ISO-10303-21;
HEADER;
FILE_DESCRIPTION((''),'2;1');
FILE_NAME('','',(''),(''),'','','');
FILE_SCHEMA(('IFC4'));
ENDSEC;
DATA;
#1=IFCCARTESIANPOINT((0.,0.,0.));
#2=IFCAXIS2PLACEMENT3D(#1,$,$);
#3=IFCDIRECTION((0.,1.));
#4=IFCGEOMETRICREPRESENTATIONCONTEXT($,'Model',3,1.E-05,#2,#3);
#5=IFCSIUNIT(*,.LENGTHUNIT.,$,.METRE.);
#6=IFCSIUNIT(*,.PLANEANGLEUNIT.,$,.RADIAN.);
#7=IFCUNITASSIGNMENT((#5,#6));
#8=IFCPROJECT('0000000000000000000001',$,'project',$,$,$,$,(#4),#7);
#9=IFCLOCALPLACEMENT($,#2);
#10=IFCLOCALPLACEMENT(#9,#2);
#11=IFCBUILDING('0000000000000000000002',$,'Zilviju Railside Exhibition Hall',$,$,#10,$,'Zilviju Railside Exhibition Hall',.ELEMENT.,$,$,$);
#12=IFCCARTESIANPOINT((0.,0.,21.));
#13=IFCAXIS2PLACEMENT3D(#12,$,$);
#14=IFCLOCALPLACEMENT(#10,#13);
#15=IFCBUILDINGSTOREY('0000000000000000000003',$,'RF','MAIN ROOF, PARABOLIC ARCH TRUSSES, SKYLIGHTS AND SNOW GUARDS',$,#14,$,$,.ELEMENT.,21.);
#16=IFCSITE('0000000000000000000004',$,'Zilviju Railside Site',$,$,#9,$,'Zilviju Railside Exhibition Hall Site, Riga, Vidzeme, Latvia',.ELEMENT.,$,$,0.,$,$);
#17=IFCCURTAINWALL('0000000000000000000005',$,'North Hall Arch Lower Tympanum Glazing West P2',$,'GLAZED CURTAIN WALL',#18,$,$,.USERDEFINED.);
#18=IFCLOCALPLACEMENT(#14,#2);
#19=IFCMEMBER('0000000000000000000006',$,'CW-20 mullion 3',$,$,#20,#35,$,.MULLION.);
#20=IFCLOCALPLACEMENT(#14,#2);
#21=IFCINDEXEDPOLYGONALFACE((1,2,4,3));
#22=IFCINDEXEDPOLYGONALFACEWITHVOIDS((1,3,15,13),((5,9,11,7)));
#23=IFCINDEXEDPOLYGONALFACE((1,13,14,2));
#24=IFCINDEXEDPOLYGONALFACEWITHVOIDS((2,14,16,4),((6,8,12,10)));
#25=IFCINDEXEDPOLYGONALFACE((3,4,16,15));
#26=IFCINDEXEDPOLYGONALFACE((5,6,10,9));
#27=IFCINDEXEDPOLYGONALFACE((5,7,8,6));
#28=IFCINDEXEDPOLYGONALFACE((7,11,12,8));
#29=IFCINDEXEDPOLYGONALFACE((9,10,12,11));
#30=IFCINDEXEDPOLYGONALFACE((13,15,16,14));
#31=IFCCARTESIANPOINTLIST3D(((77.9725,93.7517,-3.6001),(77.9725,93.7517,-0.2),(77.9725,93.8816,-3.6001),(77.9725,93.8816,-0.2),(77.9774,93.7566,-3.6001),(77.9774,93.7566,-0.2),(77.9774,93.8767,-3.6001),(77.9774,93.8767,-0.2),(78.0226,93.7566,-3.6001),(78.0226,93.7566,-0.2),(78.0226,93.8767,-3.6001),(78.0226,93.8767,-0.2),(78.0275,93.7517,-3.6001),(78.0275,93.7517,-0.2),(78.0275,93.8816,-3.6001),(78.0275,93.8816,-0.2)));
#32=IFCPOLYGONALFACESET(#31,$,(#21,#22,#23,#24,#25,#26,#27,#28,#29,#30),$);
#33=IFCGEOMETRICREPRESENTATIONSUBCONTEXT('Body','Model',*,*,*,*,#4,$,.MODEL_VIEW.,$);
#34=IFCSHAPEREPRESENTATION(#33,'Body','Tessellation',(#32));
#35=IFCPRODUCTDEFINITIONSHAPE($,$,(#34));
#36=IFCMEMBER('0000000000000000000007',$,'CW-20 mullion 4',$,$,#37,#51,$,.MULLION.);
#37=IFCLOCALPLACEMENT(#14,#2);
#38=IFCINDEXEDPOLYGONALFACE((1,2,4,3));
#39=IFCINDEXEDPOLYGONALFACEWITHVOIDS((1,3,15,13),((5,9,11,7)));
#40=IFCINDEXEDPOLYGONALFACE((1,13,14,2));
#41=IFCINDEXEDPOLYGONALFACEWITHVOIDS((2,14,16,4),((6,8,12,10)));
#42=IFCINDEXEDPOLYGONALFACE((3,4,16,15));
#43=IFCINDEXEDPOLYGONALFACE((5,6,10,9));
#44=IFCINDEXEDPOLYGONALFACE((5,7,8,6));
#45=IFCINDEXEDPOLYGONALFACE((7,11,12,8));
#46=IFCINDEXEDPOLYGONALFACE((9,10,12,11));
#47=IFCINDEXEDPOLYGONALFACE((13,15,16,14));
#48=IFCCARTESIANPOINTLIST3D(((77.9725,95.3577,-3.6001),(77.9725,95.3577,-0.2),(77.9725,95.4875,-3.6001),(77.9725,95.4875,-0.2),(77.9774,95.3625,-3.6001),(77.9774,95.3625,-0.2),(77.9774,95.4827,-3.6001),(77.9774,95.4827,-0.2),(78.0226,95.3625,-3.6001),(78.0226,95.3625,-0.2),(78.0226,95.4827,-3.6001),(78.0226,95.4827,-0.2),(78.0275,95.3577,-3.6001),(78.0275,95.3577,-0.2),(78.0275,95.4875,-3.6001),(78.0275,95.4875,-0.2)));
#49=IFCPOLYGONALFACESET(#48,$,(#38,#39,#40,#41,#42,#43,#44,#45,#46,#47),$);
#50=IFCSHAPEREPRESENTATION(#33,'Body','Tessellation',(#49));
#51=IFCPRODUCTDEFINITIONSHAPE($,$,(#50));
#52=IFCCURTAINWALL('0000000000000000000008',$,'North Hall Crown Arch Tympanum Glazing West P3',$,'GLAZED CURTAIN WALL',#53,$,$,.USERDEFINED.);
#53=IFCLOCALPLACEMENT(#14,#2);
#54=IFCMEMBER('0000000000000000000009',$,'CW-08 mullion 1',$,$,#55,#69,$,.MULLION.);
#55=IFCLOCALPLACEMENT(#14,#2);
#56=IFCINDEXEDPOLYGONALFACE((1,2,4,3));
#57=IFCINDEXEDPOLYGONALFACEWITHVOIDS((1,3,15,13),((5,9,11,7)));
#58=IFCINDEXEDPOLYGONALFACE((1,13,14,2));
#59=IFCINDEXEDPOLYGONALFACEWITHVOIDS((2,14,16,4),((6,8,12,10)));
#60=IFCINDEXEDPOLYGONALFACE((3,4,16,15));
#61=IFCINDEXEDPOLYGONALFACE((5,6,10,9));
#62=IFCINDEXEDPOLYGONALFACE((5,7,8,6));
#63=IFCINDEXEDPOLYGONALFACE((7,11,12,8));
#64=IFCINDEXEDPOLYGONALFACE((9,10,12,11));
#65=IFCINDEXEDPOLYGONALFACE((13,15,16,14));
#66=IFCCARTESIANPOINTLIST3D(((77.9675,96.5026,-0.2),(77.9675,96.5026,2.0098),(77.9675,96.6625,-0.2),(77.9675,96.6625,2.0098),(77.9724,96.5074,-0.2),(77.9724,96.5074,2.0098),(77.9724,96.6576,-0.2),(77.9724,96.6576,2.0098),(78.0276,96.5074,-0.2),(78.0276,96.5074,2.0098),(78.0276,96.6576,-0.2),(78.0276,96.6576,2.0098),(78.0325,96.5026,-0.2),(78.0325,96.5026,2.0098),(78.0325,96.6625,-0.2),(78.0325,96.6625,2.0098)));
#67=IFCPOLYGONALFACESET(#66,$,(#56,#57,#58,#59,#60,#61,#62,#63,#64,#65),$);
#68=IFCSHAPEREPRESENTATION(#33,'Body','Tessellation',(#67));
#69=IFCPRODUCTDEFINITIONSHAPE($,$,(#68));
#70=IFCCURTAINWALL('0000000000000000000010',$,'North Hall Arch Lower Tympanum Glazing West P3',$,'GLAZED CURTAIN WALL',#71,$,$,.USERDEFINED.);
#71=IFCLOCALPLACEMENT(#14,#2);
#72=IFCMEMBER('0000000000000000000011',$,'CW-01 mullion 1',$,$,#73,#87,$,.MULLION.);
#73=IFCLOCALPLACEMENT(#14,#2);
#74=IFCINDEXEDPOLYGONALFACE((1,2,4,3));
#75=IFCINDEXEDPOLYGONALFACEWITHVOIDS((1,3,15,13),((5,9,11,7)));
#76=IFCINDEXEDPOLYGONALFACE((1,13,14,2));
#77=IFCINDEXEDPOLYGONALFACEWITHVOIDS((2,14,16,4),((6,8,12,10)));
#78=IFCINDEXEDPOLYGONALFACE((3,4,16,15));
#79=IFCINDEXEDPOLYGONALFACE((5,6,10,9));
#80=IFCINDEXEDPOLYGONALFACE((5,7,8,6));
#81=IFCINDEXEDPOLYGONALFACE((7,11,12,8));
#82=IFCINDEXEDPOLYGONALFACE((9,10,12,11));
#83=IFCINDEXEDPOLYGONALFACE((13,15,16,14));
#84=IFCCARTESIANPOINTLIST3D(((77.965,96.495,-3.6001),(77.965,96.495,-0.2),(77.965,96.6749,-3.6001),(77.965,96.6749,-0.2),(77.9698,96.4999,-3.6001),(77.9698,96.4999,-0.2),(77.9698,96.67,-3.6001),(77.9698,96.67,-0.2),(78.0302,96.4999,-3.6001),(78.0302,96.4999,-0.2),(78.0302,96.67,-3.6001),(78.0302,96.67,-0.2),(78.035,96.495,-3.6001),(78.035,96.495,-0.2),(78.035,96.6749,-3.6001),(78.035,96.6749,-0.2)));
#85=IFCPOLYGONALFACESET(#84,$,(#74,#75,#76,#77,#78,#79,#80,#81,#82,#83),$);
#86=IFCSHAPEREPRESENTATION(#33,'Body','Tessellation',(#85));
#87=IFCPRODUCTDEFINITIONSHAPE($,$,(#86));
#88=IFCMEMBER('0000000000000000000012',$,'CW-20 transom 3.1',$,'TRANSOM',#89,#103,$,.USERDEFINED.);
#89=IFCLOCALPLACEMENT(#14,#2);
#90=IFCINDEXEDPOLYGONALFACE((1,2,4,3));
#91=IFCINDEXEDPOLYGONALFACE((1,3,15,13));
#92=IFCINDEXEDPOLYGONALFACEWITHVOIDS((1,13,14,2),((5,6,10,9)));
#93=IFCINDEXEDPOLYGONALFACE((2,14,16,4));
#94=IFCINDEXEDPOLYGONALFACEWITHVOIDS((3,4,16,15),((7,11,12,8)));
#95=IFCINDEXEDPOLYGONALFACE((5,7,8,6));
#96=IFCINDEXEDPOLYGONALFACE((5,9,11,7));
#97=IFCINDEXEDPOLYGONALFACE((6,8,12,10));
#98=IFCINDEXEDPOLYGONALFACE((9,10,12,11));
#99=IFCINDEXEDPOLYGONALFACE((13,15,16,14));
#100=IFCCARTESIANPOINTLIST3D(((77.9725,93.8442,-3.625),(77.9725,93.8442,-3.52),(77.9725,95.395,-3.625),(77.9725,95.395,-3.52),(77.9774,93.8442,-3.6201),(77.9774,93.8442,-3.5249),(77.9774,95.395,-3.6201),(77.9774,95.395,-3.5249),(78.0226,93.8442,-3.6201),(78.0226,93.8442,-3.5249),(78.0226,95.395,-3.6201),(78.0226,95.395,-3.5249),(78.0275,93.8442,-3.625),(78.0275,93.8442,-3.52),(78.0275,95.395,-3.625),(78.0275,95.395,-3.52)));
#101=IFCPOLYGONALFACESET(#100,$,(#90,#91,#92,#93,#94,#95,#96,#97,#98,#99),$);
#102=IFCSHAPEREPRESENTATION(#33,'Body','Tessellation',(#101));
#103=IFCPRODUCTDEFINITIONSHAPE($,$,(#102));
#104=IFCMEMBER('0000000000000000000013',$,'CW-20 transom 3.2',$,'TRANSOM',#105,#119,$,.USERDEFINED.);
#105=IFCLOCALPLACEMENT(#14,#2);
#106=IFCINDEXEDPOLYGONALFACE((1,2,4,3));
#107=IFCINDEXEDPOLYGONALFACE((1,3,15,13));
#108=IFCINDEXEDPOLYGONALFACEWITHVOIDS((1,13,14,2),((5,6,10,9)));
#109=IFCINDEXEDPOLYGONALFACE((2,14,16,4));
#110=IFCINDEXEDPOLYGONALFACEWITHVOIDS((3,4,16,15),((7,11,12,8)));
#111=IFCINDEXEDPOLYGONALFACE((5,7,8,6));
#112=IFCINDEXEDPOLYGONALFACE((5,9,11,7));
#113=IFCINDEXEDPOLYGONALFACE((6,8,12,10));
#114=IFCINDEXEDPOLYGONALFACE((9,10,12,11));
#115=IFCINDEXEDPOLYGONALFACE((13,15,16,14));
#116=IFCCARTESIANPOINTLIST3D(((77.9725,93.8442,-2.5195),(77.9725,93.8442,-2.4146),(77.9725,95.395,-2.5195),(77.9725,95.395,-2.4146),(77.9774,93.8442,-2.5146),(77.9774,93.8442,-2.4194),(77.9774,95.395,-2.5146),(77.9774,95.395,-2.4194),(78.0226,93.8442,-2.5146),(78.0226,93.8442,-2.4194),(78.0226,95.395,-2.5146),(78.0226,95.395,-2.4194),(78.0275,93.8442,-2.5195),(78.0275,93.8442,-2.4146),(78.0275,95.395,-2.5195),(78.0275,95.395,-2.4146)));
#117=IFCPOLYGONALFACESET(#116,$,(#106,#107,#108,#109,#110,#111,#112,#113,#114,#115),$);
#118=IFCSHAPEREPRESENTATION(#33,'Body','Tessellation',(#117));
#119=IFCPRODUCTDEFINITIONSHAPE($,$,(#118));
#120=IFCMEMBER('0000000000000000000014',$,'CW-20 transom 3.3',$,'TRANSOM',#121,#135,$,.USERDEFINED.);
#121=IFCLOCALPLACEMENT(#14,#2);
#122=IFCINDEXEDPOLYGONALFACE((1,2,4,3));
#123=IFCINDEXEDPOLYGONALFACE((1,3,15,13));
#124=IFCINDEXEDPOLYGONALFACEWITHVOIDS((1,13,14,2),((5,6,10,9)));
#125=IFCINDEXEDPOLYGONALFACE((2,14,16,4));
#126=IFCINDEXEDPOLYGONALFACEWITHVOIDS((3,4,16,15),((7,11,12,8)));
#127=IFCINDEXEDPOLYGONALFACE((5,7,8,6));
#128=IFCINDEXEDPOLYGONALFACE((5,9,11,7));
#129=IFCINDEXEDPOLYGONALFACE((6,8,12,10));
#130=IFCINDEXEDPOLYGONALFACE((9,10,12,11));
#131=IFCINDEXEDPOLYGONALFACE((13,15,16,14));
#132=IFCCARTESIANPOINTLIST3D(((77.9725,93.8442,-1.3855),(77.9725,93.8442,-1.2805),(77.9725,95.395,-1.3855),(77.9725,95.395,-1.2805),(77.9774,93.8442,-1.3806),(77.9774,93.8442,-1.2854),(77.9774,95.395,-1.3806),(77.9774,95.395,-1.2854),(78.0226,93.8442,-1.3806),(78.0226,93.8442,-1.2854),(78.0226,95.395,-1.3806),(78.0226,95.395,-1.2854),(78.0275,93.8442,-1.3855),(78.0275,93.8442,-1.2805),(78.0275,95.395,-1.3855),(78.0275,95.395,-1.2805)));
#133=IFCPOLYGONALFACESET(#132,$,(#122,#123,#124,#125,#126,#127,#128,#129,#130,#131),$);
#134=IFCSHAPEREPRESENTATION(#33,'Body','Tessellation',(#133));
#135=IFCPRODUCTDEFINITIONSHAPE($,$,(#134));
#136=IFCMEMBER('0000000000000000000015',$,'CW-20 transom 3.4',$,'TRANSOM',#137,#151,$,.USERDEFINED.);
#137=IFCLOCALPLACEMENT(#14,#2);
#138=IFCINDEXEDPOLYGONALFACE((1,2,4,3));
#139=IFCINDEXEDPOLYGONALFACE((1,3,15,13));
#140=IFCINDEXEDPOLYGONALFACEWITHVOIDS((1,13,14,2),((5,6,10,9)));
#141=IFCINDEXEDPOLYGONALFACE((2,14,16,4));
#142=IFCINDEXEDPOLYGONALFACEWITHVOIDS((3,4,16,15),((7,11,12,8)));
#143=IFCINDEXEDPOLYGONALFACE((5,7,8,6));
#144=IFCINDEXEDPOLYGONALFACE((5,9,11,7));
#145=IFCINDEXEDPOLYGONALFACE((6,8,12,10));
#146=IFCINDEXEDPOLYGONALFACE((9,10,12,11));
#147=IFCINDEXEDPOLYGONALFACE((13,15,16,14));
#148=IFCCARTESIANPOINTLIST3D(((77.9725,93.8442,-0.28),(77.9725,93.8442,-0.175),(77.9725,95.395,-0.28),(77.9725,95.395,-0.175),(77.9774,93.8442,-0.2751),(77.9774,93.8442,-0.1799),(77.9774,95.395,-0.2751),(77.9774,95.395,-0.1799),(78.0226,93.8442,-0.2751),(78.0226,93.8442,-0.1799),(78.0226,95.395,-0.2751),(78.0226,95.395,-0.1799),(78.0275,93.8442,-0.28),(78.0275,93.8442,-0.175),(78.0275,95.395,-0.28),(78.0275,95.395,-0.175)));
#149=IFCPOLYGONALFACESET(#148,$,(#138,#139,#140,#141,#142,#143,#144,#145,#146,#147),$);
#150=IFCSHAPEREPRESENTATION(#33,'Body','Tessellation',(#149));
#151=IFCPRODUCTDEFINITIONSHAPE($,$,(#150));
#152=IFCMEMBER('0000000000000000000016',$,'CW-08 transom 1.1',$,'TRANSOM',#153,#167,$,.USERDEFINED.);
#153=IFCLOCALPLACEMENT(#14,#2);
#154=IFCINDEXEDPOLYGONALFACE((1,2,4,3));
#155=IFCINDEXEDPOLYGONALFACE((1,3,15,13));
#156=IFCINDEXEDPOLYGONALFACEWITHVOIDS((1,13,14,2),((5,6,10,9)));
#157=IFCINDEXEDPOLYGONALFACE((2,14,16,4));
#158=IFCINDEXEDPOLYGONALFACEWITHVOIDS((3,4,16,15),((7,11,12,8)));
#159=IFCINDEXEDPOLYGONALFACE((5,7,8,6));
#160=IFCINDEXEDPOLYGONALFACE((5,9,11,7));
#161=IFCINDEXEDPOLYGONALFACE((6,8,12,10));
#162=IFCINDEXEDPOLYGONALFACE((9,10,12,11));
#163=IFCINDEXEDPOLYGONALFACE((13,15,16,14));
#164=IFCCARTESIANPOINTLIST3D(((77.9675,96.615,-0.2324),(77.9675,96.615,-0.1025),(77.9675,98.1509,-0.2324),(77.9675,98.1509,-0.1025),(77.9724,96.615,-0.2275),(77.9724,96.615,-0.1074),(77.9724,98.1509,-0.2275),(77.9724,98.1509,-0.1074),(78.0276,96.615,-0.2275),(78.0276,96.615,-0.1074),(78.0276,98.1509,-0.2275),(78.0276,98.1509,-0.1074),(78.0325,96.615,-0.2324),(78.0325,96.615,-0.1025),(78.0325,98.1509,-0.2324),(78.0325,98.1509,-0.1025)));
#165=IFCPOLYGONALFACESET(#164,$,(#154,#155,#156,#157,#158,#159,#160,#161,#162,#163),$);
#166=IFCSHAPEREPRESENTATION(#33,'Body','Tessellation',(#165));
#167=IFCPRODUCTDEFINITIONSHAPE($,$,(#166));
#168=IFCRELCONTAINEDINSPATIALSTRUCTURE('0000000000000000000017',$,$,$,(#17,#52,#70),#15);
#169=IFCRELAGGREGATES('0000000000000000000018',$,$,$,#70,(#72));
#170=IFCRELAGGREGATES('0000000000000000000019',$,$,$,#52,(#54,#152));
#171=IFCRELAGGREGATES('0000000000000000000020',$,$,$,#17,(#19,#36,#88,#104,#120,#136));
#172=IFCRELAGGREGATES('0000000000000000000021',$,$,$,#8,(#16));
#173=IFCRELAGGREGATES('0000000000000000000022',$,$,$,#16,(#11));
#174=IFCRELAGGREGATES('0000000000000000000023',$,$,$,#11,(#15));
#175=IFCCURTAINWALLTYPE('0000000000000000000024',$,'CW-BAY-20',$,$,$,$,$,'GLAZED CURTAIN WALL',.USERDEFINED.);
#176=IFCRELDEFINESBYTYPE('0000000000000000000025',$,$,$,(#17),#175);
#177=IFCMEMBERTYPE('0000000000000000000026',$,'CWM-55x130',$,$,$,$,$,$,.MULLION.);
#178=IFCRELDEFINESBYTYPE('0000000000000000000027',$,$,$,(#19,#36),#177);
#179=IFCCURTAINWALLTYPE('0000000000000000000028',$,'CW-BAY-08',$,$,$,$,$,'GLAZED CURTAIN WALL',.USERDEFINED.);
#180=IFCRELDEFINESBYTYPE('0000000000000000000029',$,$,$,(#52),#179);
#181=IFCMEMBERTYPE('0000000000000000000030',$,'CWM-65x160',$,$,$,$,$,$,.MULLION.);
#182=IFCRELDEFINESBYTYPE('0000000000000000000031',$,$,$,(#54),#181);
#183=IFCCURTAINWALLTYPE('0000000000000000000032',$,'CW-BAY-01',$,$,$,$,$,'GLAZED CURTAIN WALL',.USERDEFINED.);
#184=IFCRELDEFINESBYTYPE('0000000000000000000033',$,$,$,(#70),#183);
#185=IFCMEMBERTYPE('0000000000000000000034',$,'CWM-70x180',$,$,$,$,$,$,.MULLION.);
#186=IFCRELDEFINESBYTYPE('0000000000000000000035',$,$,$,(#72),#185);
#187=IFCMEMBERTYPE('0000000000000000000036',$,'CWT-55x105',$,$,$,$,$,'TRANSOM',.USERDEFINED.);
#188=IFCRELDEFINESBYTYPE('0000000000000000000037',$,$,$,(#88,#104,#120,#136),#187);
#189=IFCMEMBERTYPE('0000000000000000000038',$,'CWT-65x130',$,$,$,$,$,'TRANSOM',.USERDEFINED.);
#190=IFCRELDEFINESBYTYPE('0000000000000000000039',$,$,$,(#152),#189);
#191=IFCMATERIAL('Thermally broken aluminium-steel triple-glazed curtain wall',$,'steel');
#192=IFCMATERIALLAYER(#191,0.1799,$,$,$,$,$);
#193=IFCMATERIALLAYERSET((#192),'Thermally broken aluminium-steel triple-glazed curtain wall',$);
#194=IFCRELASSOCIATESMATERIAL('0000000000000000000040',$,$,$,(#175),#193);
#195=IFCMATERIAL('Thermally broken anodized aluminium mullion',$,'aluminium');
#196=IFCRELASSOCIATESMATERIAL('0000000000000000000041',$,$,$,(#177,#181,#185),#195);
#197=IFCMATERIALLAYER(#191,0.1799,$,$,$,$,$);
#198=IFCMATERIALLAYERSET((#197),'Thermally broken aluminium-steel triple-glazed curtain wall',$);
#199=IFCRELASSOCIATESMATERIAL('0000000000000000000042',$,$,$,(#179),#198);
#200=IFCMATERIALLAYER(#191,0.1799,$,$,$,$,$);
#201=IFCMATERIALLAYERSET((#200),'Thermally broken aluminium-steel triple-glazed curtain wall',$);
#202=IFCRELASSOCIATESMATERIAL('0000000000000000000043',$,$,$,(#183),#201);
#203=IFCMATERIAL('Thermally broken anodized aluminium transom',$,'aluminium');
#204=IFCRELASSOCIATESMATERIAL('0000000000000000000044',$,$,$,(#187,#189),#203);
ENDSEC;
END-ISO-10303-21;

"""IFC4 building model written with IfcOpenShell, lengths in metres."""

from ifc_helpers import new_model, si_unit, direction, frame, origin, origin_2d, place, context, subcontext, project, spatial, hollow_rectangle, extrude, material, layer, layer_set, material_profile, profile_set, type_object, element, aggregate, save


model = new_model("IFC4")

# Units and contexts
model_context = context("Model", 3, precision=1e-05, world=origin(), true_north=direction((0.0, 1.0)))
body_context = subcontext(model_context, "Body", "Model", "MODEL_VIEW")
ifc_project = project(units=[si_unit("LENGTHUNIT", "METRE"), si_unit("PLANEANGLEUNIT", "RADIAN")], contexts=[model_context])

# Site, building, storey
site_placement = place(None, origin())
site = spatial("IfcSite", under=ifc_project, at=site_placement, Name="Zilviju Railside Site", LongName="Zilviju Railside Exhibition Hall Site, Riga, Vidzeme, Latvia", CompositionType="ELEMENT", RefElevation=0.0)
building_placement = place(site_placement, origin())
building = spatial("IfcBuilding", under=site, at=building_placement, Name="Zilviju Railside Exhibition Hall", LongName="Zilviju Railside Exhibition Hall", CompositionType="ELEMENT")
storey_placement = place(building_placement, frame((0.0, 0.0, 21.0)))
storey = spatial("IfcBuildingStorey", under=building, at=storey_placement, Name="RF", Description="MAIN ROOF, PARABOLIC ARCH TRUSSES, SKYLIGHTS AND SNOW GUARDS", CompositionType="ELEMENT", Elevation=21.0)

# Curtain wall, members
ifc_material_1 = material(Name="Thermally broken aluminium-steel triple-glazed curtain wall", Category="steel")
ifc_layer_1 = layer(ifc_material_1, 0.1799)
ifc_layer_set_1 = layer_set([ifc_layer_1], Name="Thermally broken aluminium-steel triple-glazed curtain wall")
curtain_wall_type_1 = type_object("IfcCurtainWallType", Name="CW-BAY-20", ElementType="GLAZED CURTAIN WALL", PredefinedType="USERDEFINED", material=ifc_layer_set_1)
curtain_wall_1_placement = place(storey_placement, origin())
curtain_wall_1 = element("IfcCurtainWall", 1, at=curtain_wall_1_placement, inside=storey, type_object=curtain_wall_type_1, Name="North Hall Arch Lower Tympanum Glazing West P2", ObjectType="GLAZED CURTAIN WALL", PredefinedType="USERDEFINED")
ifc_material_2 = material(Name="Thermally broken anodized aluminium mullion", Category="aluminium")
ifc_material_profile_1 = material_profile(ifc_material_2, hollow_rectangle(XDim=0.0549, YDim=0.1299, WallThickness=0.0049, at=origin_2d()), Name="MULLION 130x55x5")
ifc_profile_set_1 = profile_set([ifc_material_profile_1], Name="Thermally broken anodized aluminium mullion")
member_type_1 = type_object("IfcMemberType", Name="CWM-55x130", PredefinedType="MULLION", material=ifc_profile_set_1)
member_1_placement = place(storey_placement, frame((78.0, 93.8167, -3.6001), z_axis=(0.0, 0.0, 1.0), x_axis=(-1.0, 0.0, 0.0)))
member_1 = element("IfcMember", 2, at=member_1_placement, type_object=member_type_1, Name="CW-20 mullion 3", PredefinedType="MULLION", context=body_context, shape_type="SweptSolid", body=[
    extrude(hollow_rectangle(XDim=0.0549, YDim=0.1299, WallThickness=0.0049, at=origin_2d()), origin(), (0.0, 0.0, 1.0), 3.4001),
])
member_2_placement = place(storey_placement, frame((78.0, 95.4226, -3.6001), z_axis=(0.0, 0.0, 1.0), x_axis=(-1.0, 0.0, 0.0)))
member_2 = element("IfcMember", 3, at=member_2_placement, type_object=member_type_1, Name="CW-20 mullion 4", PredefinedType="MULLION", context=body_context, shape_type="SweptSolid", body=[
    extrude(hollow_rectangle(XDim=0.0549, YDim=0.1299, WallThickness=0.0049, at=origin_2d()), origin(), (0.0, 0.0, 1.0), 3.4001),
])

# Curtain walls, members
ifc_layer_2 = layer(ifc_material_1, 0.1799)
ifc_layer_set_2 = layer_set([ifc_layer_2], Name="Thermally broken aluminium-steel triple-glazed curtain wall")
curtain_wall_type_2 = type_object("IfcCurtainWallType", Name="CW-BAY-08", ElementType="GLAZED CURTAIN WALL", PredefinedType="USERDEFINED", material=ifc_layer_set_2)
curtain_wall_2_placement = place(storey_placement, origin())
curtain_wall_2 = element("IfcCurtainWall", 4, at=curtain_wall_2_placement, inside=storey, type_object=curtain_wall_type_2, Name="North Hall Crown Arch Tympanum Glazing West P3", ObjectType="GLAZED CURTAIN WALL", PredefinedType="USERDEFINED")
ifc_material_profile_2 = material_profile(ifc_material_2, hollow_rectangle(XDim=0.0649, YDim=0.1599, WallThickness=0.0049, at=origin_2d()), Name="MULLION 160x65x5")
ifc_profile_set_2 = profile_set([ifc_material_profile_2], Name="Thermally broken anodized aluminium mullion")
member_type_2 = type_object("IfcMemberType", Name="CWM-65x160", PredefinedType="MULLION", material=ifc_profile_set_2)
member_3_placement = place(storey_placement, frame((78.0, 96.5825, -0.2), z_axis=(0.0, 0.0, 1.0), x_axis=(-1.0, 0.0, 0.0)))
member_3 = element("IfcMember", 5, at=member_3_placement, type_object=member_type_2, Name="CW-08 mullion 1", PredefinedType="MULLION", context=body_context, shape_type="SweptSolid", body=[
    extrude(hollow_rectangle(XDim=0.0649, YDim=0.1599, WallThickness=0.0049, at=origin_2d()), origin(), (0.0, 0.0, 1.0), 2.2097),
])
ifc_layer_3 = layer(ifc_material_1, 0.1799)
ifc_layer_set_3 = layer_set([ifc_layer_3], Name="Thermally broken aluminium-steel triple-glazed curtain wall")
curtain_wall_type_3 = type_object("IfcCurtainWallType", Name="CW-BAY-01", ElementType="GLAZED CURTAIN WALL", PredefinedType="USERDEFINED", material=ifc_layer_set_3)
curtain_wall_3_placement = place(storey_placement, origin())
curtain_wall_3 = element("IfcCurtainWall", 6, at=curtain_wall_3_placement, inside=storey, type_object=curtain_wall_type_3, Name="North Hall Arch Lower Tympanum Glazing West P3", ObjectType="GLAZED CURTAIN WALL", PredefinedType="USERDEFINED")
ifc_material_profile_3 = material_profile(ifc_material_2, hollow_rectangle(XDim=0.0701, YDim=0.1799, WallThickness=0.0049, at=origin_2d()), Name="MULLION 180x70x5")
ifc_profile_set_3 = profile_set([ifc_material_profile_3], Name="Thermally broken anodized aluminium mullion")
member_type_3 = type_object("IfcMemberType", Name="CWM-70x180", PredefinedType="MULLION", material=ifc_profile_set_3)
member_4_placement = place(storey_placement, frame((78.0, 96.585, -3.6001), z_axis=(0.0, 0.0, 1.0), x_axis=(-1.0, 0.0, 0.0)))
member_4 = element("IfcMember", 7, at=member_4_placement, type_object=member_type_3, Name="CW-01 mullion 1", PredefinedType="MULLION", context=body_context, shape_type="SweptSolid", body=[
    extrude(hollow_rectangle(XDim=0.0701, YDim=0.1799, WallThickness=0.0049, at=origin_2d()), origin(), (0.0, 0.0, 1.0), 3.4001),
])
aggregate(curtain_wall_3, [member_4])

# Members
ifc_material_3 = material(Name="Thermally broken anodized aluminium transom", Category="aluminium")
ifc_material_profile_4 = material_profile(ifc_material_3, hollow_rectangle(XDim=0.0549, YDim=0.105, WallThickness=0.0049, at=origin_2d()), Name="TRANSOM 105x55x5")
ifc_profile_set_4 = profile_set([ifc_material_profile_4], Name="Thermally broken anodized aluminium transom")
member_type_4 = type_object("IfcMemberType", Name="CWT-55x105", ElementType="TRANSOM", PredefinedType="USERDEFINED", material=ifc_profile_set_4)
member_5_placement = place(storey_placement, frame((78.0, 93.8442, -3.5725), z_axis=(0.0, 1.0, 0.0), x_axis=(-1.0, 0.0, 0.0)))
member_5 = element("IfcMember", 8, at=member_5_placement, type_object=member_type_4, Name="CW-20 transom 3.1", ObjectType="TRANSOM", PredefinedType="USERDEFINED", context=body_context, shape_type="SweptSolid", body=[
    extrude(hollow_rectangle(XDim=0.0549, YDim=0.105, WallThickness=0.0049, at=origin_2d()), origin(), (0.0, 0.0, 1.0), 1.5508),
])
member_6_placement = place(storey_placement, frame((78.0, 93.8442, -2.467), z_axis=(0.0, 1.0, 0.0), x_axis=(-1.0, 0.0, 0.0)))
member_6 = element("IfcMember", 9, at=member_6_placement, type_object=member_type_4, Name="CW-20 transom 3.2", ObjectType="TRANSOM", PredefinedType="USERDEFINED", context=body_context, shape_type="SweptSolid", body=[
    extrude(hollow_rectangle(XDim=0.0549, YDim=0.105, WallThickness=0.0049, at=origin_2d()), origin(), (0.0, 0.0, 1.0), 1.5508),
])
member_7_placement = place(storey_placement, frame((78.0, 93.8442, -1.333), z_axis=(0.0, 1.0, 0.0), x_axis=(-1.0, 0.0, 0.0)))
member_7 = element("IfcMember", 10, at=member_7_placement, type_object=member_type_4, Name="CW-20 transom 3.3", ObjectType="TRANSOM", PredefinedType="USERDEFINED", context=body_context, shape_type="SweptSolid", body=[
    extrude(hollow_rectangle(XDim=0.0549, YDim=0.105, WallThickness=0.0049, at=origin_2d()), origin(), (0.0, 0.0, 1.0), 1.5508),
])
member_8_placement = place(storey_placement, frame((78.0, 93.8442, -0.2275), z_axis=(0.0, 1.0, 0.0), x_axis=(-1.0, 0.0, 0.0)))
member_8 = element("IfcMember", 11, at=member_8_placement, type_object=member_type_4, Name="CW-20 transom 3.4", ObjectType="TRANSOM", PredefinedType="USERDEFINED", context=body_context, shape_type="SweptSolid", body=[
    extrude(hollow_rectangle(XDim=0.0549, YDim=0.105, WallThickness=0.0049, at=origin_2d()), origin(), (0.0, 0.0, 1.0), 1.5508),
])
ifc_material_profile_5 = material_profile(ifc_material_3, hollow_rectangle(XDim=0.0649, YDim=0.1299, WallThickness=0.0049, at=origin_2d()), Name="TRANSOM 130x65x5")
ifc_profile_set_5 = profile_set([ifc_material_profile_5], Name="Thermally broken anodized aluminium transom")
member_type_5 = type_object("IfcMemberType", Name="CWT-65x130", ElementType="TRANSOM", PredefinedType="USERDEFINED", material=ifc_profile_set_5)
member_9_placement = place(storey_placement, frame((78.0, 96.615, -0.1675), z_axis=(0.0, 1.0, 0.0), x_axis=(-1.0, 0.0, 0.0)))
member_9 = element("IfcMember", 12, at=member_9_placement, type_object=member_type_5, Name="CW-08 transom 1.1", ObjectType="TRANSOM", PredefinedType="USERDEFINED", context=body_context, shape_type="SweptSolid", body=[
    extrude(hollow_rectangle(XDim=0.0649, YDim=0.1299, WallThickness=0.0049, at=origin_2d()), origin(), (0.0, 0.0, 1.0), 1.5359),
])
aggregate(curtain_wall_2, [member_3, member_9])

aggregate(curtain_wall_1, [member_1, member_2, member_5, member_6, member_7, member_8])

save(model, "model.ifc")
